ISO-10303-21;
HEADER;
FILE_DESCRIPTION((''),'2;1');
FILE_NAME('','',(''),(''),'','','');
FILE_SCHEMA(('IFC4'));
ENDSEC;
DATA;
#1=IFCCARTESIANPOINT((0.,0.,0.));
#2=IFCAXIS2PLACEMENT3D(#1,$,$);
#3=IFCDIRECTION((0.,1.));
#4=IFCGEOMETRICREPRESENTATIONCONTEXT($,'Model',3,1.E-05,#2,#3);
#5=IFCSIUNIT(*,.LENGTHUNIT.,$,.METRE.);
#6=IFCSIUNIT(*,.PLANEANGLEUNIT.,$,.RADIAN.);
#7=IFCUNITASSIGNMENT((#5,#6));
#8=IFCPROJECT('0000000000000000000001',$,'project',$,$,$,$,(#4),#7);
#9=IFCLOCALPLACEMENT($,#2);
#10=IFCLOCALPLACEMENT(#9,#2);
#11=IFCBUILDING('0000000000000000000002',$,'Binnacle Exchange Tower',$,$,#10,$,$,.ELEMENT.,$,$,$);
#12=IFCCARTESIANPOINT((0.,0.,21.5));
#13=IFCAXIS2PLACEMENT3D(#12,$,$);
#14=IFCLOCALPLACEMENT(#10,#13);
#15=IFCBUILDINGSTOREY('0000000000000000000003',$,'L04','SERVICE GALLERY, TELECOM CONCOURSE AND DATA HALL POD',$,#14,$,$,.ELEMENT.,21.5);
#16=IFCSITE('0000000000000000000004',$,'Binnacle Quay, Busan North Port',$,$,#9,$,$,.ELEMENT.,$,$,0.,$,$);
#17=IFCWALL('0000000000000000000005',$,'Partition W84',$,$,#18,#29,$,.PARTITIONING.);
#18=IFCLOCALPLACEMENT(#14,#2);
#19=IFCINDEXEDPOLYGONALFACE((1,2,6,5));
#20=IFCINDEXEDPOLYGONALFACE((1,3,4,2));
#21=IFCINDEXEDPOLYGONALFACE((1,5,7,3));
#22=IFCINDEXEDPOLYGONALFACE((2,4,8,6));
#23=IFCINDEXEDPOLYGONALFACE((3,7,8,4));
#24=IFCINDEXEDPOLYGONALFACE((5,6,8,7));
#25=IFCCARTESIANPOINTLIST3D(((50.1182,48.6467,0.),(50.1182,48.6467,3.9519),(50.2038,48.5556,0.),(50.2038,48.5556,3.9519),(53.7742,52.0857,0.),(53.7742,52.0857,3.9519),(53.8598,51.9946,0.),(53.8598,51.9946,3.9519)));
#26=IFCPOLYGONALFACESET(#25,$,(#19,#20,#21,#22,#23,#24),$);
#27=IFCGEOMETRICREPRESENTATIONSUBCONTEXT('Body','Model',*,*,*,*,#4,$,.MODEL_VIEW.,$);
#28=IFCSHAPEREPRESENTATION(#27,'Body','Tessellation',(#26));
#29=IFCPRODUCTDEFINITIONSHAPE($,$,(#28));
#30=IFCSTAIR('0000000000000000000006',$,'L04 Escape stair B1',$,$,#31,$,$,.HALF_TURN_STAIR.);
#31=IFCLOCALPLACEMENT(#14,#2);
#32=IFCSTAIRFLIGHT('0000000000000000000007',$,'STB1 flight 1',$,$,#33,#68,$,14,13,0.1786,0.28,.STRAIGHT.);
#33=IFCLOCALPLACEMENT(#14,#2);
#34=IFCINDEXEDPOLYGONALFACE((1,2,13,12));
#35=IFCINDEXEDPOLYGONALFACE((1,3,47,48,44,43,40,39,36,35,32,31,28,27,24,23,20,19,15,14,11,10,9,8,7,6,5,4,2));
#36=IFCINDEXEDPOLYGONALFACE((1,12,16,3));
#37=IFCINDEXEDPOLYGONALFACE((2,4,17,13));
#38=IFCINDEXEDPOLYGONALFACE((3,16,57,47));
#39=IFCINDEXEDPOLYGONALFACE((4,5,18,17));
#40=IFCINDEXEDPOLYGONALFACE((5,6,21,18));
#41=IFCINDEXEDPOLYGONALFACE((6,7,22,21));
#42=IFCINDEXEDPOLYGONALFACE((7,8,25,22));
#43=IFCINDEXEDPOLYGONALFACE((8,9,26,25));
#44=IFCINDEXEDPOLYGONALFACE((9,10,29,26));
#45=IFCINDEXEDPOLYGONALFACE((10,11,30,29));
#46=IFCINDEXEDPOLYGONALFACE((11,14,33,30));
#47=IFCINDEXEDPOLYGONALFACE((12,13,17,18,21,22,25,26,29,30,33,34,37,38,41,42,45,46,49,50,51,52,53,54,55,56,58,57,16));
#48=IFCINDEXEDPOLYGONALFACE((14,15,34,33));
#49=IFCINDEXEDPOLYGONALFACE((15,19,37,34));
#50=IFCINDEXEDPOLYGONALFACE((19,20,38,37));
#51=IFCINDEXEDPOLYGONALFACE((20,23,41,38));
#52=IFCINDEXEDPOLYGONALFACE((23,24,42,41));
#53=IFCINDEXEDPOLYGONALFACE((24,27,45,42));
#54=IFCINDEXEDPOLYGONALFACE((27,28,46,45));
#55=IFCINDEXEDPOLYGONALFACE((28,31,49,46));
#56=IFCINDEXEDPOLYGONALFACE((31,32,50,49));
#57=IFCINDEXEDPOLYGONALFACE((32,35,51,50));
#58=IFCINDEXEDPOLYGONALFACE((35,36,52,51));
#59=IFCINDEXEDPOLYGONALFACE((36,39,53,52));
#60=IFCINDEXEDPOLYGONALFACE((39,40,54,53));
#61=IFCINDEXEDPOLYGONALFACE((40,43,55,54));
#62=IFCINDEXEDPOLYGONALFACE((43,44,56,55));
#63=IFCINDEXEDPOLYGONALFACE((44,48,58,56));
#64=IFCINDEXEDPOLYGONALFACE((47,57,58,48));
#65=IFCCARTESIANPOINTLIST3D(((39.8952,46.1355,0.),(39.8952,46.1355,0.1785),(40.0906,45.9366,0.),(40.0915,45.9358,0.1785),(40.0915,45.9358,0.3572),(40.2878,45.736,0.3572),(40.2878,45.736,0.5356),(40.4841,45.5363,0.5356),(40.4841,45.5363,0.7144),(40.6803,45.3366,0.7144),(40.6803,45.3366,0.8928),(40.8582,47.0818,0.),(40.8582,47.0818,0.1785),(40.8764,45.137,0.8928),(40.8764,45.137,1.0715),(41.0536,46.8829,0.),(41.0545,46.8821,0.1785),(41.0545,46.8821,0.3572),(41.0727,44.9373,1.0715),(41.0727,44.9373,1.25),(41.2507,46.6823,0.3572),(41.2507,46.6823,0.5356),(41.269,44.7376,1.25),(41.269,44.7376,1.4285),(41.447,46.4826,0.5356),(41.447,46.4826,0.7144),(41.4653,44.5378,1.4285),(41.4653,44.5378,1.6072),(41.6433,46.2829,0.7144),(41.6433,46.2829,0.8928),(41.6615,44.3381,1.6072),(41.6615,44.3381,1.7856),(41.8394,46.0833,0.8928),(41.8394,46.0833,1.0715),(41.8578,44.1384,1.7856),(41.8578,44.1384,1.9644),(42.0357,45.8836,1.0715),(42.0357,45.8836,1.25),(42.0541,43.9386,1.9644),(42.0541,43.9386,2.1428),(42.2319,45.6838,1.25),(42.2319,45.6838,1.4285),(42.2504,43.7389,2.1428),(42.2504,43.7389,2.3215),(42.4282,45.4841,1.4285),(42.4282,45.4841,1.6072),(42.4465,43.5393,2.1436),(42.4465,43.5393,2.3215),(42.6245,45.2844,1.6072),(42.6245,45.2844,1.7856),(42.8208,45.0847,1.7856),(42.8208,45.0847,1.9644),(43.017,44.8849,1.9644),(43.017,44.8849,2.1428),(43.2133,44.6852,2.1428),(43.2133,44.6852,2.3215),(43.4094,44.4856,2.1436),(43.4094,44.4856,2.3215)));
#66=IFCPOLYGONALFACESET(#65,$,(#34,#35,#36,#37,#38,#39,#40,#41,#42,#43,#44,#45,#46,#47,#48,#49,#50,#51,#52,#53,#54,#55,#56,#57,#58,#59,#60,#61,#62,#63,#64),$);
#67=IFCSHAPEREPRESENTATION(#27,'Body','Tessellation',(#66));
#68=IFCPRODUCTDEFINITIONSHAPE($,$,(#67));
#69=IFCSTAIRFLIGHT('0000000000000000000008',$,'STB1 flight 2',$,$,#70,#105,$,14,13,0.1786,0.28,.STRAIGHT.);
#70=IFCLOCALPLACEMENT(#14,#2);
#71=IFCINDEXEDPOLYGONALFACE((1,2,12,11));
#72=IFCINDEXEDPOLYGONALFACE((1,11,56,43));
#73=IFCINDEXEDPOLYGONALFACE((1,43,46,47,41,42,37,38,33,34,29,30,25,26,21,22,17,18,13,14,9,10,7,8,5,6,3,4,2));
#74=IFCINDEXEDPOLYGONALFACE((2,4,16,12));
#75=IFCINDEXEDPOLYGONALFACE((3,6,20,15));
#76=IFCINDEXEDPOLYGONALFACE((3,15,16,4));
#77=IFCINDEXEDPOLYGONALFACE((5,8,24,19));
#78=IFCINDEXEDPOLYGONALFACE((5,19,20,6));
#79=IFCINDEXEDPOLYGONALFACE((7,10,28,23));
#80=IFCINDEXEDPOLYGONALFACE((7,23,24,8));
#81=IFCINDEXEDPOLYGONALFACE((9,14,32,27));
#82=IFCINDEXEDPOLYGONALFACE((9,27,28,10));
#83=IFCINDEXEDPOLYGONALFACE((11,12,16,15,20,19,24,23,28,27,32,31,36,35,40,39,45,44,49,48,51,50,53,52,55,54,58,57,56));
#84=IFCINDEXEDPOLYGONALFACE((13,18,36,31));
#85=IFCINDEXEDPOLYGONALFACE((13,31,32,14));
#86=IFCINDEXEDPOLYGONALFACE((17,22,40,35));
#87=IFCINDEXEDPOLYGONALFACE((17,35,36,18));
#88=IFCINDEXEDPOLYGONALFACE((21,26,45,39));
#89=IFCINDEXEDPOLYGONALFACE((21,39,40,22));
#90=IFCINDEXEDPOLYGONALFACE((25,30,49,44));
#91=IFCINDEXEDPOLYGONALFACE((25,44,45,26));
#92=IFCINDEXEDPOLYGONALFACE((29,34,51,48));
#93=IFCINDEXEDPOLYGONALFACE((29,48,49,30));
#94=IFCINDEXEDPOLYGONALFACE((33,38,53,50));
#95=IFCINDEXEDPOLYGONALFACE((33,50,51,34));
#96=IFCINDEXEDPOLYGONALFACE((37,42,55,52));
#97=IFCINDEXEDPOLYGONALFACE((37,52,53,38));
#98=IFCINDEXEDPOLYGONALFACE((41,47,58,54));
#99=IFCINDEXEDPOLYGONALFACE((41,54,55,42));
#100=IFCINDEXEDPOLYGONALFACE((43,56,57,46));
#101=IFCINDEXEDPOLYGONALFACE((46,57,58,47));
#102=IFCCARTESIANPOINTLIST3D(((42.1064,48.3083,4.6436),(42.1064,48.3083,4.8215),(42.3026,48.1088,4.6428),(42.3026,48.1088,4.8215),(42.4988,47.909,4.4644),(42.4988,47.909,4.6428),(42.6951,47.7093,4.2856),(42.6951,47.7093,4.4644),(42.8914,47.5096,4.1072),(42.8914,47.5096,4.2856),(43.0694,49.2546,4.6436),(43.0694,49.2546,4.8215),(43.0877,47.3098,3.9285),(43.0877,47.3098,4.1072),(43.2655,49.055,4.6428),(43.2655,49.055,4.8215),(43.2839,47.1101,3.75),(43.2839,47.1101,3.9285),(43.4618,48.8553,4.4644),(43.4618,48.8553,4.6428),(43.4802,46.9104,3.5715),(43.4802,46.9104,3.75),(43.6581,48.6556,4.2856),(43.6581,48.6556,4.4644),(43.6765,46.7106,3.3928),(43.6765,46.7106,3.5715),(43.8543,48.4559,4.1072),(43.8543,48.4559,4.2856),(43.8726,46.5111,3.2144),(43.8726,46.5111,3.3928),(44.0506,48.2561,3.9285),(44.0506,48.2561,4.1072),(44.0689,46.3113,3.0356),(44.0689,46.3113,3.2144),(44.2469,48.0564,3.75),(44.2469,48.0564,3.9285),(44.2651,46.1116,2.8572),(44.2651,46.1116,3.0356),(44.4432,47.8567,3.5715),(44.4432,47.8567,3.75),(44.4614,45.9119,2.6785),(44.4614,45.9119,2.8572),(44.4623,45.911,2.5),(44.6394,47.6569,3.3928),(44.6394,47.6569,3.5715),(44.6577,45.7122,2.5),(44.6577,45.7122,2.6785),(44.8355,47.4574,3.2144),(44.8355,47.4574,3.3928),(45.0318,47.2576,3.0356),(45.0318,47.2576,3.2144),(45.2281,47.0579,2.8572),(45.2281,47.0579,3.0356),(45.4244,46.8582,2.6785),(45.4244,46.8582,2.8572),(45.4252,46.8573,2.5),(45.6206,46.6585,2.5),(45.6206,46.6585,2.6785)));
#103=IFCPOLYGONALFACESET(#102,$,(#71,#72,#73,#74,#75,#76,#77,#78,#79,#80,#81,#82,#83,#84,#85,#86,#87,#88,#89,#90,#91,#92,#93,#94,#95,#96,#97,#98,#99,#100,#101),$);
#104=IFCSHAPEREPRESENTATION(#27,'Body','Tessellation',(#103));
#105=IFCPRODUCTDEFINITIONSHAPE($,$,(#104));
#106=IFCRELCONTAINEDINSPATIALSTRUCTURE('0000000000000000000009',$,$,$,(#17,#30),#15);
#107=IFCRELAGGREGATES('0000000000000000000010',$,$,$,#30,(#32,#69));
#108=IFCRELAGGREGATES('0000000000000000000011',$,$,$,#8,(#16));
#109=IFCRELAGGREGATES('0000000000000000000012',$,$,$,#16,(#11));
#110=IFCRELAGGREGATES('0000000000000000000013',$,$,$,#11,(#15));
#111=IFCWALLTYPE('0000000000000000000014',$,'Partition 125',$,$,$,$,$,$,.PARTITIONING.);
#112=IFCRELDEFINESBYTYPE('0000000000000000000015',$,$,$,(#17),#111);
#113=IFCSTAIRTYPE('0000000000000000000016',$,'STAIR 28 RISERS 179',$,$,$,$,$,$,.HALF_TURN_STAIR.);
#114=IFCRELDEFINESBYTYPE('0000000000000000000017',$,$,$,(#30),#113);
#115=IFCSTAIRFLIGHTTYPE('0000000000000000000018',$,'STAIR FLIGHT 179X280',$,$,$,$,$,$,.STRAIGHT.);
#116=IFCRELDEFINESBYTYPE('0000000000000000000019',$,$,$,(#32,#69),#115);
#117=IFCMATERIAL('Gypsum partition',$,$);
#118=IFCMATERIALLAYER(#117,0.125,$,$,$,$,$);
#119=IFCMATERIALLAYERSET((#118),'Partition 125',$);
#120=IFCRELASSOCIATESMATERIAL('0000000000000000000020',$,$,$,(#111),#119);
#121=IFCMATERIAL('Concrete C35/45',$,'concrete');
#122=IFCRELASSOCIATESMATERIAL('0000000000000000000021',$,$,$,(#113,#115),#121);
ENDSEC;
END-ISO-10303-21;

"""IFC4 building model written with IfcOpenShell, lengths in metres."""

from ifc_helpers import new_model, si_unit, direction, frame, frame_2d, origin, place, context, subcontext, project, spatial, polyline, rectangle, outline, extrude, material, layer, layer_set, type_object, element, aggregate, save


model = new_model("IFC4")

# Units and contexts
model_context = context("Model", 3, precision=1e-05, world=origin(), true_north=direction((0.0, 1.0)))
body_context = subcontext(model_context, "Body", "Model", "MODEL_VIEW")
ifc_project = project(units=[si_unit("LENGTHUNIT", "METRE"), si_unit("PLANEANGLEUNIT", "RADIAN")], contexts=[model_context])

# Site, building, storey
site_placement = place(None, origin())
site = spatial("IfcSite", under=ifc_project, at=site_placement, Name="Binnacle Quay, Busan North Port", CompositionType="ELEMENT", RefElevation=0.0)
building_placement = place(site_placement, origin())
building = spatial("IfcBuilding", under=site, at=building_placement, Name="Binnacle Exchange Tower", CompositionType="ELEMENT")
storey_placement = place(building_placement, frame((0.0, 0.0, 21.5)))
storey = spatial("IfcBuildingStorey", under=building, at=storey_placement, Name="L04", Description="SERVICE GALLERY, TELECOM CONCOURSE AND DATA HALL POD", CompositionType="ELEMENT", Elevation=21.5)

# Shared definitions
ifc_material_1 = material(Name="Gypsum partition")
ifc_layer_1 = layer(ifc_material_1, 0.125)
ifc_layer_set_1 = layer_set([ifc_layer_1], Name="Partition 125")
wall_type_1 = type_object("IfcWallType", Name="Partition 125", PredefinedType="PARTITIONING", material=ifc_layer_set_1)

# Wall
wall_1_placement = place(storey_placement, frame((50.1609, 48.6011, 0.0), z_axis=(0.0, 0.0, 1.0), x_axis=(0.728397, 0.685155, 0.0)))
element("IfcWall", 1, at=wall_1_placement, inside=storey, type_object=wall_type_1, Name="Partition W84", PredefinedType="PARTITIONING", context=body_context, shape_type="SweptSolid", body=[
    extrude(rectangle(XDim=5.0193, YDim=0.125, at=frame_2d((2.5098, 0.0))), origin(), (0.0, 0.0, 1.0), 3.9519),
])

# Stair, stair flights
ifc_material_2 = material(Name="Concrete C35/45", Category="concrete")
stair_type = type_object("IfcStairType", Name="STAIR 28 RISERS 179", PredefinedType="HALF_TURN_STAIR", material=ifc_material_2)
stair_placement = place(storey_placement, origin())
stair = element("IfcStair", 2, at=stair_placement, inside=storey, type_object=stair_type, Name="L04 Escape stair B1", PredefinedType="HALF_TURN_STAIR")
stair_flight_type = type_object("IfcStairFlightType", Name="STAIR FLIGHT 179X280", PredefinedType="STRAIGHT", material=ifc_material_2)
stair_flight_1_placement = place(storey_placement, frame((40.3767, 46.6086, 0.0), z_axis=(0.0, 0.0, 1.0), x_axis=(0.700909, -0.71325, 0.0)))
stair_flight_1 = element("IfcStairFlight", 3, at=stair_flight_1_placement, type_object=stair_flight_type, Name="STB1 flight 1", NumberOfRisers=14, NumberOfTreads=13, PredefinedType="STRAIGHT", RiserHeight=0.1786, TreadLength=0.28, context=body_context, shape_type="SweptSolid", body=[
    extrude(outline(polyline([(0.0, 0.0), (0.0, 0.1785), (0.28, 0.1785), (0.28, 0.3572), (0.5601, 0.3572), (0.5601, 0.5356), (0.8401, 0.5356), (0.8401, 0.7144), (1.1201, 0.7144), (1.1201, 0.8928), (1.3999, 0.8928), (1.3999, 1.0715), (1.6799, 1.0715), (1.6799, 1.25), (1.96, 1.25), (1.96, 1.4285), (2.24, 1.4285), (2.24, 1.6072), (2.52, 1.6072), (2.52, 1.7856), (2.8, 1.7856), (2.8, 1.9644), (3.0801, 1.9644), (3.0801, 2.1428), (3.3601, 2.1428), (3.3601, 2.3215), (3.6399, 2.3215), (3.6399, 2.5), (3.6399, 2.1436), (0.2788, 0.0), (0.0, 0.0)])), frame((0.0, 0.675, 0.0), z_axis=(0.0, -1.0, 0.0), x_axis=(1.0, 0.0, 0.0)), (0.0, 0.0, 1.0), 1.3501),
])
stair_flight_2_placement = place(storey_placement, frame((45.1392, 46.1853, 2.5), z_axis=(0.0, 0.0, 1.0), x_axis=(-0.700909, 0.71325, 0.0)))
stair_flight_2 = element("IfcStairFlight", 4, at=stair_flight_2_placement, type_object=stair_flight_type, Name="STB1 flight 2", NumberOfRisers=14, NumberOfTreads=13, PredefinedType="STRAIGHT", RiserHeight=0.1786, TreadLength=0.28, context=body_context, shape_type="SweptSolid", body=[
    extrude(outline(polyline([(0.0, 0.0), (0.0, 0.1785), (0.28, 0.1785), (0.28, 0.3572), (0.5601, 0.3572), (0.5601, 0.5356), (0.8401, 0.5356), (0.8401, 0.7144), (1.1201, 0.7144), (1.1201, 0.8928), (1.3999, 0.8928), (1.3999, 1.0715), (1.6799, 1.0715), (1.6799, 1.25), (1.96, 1.25), (1.96, 1.4285), (2.24, 1.4285), (2.24, 1.6072), (2.52, 1.6072), (2.52, 1.7856), (2.8, 1.7856), (2.8, 1.9644), (3.0801, 1.9644), (3.0801, 2.1428), (3.3601, 2.1428), (3.3601, 2.3215), (3.6399, 2.3215), (3.6399, 2.5), (3.6399, 2.1436), (0.2788, 0.0), (0.0, 0.0)])), frame((0.0, 0.675, 0.0), z_axis=(0.0, -1.0, 0.0), x_axis=(1.0, 0.0, 0.0)), (0.0, 0.0, 1.0), 1.3501),
])
aggregate(stair, [stair_flight_1, stair_flight_2])

save(model, "model.ifc")
